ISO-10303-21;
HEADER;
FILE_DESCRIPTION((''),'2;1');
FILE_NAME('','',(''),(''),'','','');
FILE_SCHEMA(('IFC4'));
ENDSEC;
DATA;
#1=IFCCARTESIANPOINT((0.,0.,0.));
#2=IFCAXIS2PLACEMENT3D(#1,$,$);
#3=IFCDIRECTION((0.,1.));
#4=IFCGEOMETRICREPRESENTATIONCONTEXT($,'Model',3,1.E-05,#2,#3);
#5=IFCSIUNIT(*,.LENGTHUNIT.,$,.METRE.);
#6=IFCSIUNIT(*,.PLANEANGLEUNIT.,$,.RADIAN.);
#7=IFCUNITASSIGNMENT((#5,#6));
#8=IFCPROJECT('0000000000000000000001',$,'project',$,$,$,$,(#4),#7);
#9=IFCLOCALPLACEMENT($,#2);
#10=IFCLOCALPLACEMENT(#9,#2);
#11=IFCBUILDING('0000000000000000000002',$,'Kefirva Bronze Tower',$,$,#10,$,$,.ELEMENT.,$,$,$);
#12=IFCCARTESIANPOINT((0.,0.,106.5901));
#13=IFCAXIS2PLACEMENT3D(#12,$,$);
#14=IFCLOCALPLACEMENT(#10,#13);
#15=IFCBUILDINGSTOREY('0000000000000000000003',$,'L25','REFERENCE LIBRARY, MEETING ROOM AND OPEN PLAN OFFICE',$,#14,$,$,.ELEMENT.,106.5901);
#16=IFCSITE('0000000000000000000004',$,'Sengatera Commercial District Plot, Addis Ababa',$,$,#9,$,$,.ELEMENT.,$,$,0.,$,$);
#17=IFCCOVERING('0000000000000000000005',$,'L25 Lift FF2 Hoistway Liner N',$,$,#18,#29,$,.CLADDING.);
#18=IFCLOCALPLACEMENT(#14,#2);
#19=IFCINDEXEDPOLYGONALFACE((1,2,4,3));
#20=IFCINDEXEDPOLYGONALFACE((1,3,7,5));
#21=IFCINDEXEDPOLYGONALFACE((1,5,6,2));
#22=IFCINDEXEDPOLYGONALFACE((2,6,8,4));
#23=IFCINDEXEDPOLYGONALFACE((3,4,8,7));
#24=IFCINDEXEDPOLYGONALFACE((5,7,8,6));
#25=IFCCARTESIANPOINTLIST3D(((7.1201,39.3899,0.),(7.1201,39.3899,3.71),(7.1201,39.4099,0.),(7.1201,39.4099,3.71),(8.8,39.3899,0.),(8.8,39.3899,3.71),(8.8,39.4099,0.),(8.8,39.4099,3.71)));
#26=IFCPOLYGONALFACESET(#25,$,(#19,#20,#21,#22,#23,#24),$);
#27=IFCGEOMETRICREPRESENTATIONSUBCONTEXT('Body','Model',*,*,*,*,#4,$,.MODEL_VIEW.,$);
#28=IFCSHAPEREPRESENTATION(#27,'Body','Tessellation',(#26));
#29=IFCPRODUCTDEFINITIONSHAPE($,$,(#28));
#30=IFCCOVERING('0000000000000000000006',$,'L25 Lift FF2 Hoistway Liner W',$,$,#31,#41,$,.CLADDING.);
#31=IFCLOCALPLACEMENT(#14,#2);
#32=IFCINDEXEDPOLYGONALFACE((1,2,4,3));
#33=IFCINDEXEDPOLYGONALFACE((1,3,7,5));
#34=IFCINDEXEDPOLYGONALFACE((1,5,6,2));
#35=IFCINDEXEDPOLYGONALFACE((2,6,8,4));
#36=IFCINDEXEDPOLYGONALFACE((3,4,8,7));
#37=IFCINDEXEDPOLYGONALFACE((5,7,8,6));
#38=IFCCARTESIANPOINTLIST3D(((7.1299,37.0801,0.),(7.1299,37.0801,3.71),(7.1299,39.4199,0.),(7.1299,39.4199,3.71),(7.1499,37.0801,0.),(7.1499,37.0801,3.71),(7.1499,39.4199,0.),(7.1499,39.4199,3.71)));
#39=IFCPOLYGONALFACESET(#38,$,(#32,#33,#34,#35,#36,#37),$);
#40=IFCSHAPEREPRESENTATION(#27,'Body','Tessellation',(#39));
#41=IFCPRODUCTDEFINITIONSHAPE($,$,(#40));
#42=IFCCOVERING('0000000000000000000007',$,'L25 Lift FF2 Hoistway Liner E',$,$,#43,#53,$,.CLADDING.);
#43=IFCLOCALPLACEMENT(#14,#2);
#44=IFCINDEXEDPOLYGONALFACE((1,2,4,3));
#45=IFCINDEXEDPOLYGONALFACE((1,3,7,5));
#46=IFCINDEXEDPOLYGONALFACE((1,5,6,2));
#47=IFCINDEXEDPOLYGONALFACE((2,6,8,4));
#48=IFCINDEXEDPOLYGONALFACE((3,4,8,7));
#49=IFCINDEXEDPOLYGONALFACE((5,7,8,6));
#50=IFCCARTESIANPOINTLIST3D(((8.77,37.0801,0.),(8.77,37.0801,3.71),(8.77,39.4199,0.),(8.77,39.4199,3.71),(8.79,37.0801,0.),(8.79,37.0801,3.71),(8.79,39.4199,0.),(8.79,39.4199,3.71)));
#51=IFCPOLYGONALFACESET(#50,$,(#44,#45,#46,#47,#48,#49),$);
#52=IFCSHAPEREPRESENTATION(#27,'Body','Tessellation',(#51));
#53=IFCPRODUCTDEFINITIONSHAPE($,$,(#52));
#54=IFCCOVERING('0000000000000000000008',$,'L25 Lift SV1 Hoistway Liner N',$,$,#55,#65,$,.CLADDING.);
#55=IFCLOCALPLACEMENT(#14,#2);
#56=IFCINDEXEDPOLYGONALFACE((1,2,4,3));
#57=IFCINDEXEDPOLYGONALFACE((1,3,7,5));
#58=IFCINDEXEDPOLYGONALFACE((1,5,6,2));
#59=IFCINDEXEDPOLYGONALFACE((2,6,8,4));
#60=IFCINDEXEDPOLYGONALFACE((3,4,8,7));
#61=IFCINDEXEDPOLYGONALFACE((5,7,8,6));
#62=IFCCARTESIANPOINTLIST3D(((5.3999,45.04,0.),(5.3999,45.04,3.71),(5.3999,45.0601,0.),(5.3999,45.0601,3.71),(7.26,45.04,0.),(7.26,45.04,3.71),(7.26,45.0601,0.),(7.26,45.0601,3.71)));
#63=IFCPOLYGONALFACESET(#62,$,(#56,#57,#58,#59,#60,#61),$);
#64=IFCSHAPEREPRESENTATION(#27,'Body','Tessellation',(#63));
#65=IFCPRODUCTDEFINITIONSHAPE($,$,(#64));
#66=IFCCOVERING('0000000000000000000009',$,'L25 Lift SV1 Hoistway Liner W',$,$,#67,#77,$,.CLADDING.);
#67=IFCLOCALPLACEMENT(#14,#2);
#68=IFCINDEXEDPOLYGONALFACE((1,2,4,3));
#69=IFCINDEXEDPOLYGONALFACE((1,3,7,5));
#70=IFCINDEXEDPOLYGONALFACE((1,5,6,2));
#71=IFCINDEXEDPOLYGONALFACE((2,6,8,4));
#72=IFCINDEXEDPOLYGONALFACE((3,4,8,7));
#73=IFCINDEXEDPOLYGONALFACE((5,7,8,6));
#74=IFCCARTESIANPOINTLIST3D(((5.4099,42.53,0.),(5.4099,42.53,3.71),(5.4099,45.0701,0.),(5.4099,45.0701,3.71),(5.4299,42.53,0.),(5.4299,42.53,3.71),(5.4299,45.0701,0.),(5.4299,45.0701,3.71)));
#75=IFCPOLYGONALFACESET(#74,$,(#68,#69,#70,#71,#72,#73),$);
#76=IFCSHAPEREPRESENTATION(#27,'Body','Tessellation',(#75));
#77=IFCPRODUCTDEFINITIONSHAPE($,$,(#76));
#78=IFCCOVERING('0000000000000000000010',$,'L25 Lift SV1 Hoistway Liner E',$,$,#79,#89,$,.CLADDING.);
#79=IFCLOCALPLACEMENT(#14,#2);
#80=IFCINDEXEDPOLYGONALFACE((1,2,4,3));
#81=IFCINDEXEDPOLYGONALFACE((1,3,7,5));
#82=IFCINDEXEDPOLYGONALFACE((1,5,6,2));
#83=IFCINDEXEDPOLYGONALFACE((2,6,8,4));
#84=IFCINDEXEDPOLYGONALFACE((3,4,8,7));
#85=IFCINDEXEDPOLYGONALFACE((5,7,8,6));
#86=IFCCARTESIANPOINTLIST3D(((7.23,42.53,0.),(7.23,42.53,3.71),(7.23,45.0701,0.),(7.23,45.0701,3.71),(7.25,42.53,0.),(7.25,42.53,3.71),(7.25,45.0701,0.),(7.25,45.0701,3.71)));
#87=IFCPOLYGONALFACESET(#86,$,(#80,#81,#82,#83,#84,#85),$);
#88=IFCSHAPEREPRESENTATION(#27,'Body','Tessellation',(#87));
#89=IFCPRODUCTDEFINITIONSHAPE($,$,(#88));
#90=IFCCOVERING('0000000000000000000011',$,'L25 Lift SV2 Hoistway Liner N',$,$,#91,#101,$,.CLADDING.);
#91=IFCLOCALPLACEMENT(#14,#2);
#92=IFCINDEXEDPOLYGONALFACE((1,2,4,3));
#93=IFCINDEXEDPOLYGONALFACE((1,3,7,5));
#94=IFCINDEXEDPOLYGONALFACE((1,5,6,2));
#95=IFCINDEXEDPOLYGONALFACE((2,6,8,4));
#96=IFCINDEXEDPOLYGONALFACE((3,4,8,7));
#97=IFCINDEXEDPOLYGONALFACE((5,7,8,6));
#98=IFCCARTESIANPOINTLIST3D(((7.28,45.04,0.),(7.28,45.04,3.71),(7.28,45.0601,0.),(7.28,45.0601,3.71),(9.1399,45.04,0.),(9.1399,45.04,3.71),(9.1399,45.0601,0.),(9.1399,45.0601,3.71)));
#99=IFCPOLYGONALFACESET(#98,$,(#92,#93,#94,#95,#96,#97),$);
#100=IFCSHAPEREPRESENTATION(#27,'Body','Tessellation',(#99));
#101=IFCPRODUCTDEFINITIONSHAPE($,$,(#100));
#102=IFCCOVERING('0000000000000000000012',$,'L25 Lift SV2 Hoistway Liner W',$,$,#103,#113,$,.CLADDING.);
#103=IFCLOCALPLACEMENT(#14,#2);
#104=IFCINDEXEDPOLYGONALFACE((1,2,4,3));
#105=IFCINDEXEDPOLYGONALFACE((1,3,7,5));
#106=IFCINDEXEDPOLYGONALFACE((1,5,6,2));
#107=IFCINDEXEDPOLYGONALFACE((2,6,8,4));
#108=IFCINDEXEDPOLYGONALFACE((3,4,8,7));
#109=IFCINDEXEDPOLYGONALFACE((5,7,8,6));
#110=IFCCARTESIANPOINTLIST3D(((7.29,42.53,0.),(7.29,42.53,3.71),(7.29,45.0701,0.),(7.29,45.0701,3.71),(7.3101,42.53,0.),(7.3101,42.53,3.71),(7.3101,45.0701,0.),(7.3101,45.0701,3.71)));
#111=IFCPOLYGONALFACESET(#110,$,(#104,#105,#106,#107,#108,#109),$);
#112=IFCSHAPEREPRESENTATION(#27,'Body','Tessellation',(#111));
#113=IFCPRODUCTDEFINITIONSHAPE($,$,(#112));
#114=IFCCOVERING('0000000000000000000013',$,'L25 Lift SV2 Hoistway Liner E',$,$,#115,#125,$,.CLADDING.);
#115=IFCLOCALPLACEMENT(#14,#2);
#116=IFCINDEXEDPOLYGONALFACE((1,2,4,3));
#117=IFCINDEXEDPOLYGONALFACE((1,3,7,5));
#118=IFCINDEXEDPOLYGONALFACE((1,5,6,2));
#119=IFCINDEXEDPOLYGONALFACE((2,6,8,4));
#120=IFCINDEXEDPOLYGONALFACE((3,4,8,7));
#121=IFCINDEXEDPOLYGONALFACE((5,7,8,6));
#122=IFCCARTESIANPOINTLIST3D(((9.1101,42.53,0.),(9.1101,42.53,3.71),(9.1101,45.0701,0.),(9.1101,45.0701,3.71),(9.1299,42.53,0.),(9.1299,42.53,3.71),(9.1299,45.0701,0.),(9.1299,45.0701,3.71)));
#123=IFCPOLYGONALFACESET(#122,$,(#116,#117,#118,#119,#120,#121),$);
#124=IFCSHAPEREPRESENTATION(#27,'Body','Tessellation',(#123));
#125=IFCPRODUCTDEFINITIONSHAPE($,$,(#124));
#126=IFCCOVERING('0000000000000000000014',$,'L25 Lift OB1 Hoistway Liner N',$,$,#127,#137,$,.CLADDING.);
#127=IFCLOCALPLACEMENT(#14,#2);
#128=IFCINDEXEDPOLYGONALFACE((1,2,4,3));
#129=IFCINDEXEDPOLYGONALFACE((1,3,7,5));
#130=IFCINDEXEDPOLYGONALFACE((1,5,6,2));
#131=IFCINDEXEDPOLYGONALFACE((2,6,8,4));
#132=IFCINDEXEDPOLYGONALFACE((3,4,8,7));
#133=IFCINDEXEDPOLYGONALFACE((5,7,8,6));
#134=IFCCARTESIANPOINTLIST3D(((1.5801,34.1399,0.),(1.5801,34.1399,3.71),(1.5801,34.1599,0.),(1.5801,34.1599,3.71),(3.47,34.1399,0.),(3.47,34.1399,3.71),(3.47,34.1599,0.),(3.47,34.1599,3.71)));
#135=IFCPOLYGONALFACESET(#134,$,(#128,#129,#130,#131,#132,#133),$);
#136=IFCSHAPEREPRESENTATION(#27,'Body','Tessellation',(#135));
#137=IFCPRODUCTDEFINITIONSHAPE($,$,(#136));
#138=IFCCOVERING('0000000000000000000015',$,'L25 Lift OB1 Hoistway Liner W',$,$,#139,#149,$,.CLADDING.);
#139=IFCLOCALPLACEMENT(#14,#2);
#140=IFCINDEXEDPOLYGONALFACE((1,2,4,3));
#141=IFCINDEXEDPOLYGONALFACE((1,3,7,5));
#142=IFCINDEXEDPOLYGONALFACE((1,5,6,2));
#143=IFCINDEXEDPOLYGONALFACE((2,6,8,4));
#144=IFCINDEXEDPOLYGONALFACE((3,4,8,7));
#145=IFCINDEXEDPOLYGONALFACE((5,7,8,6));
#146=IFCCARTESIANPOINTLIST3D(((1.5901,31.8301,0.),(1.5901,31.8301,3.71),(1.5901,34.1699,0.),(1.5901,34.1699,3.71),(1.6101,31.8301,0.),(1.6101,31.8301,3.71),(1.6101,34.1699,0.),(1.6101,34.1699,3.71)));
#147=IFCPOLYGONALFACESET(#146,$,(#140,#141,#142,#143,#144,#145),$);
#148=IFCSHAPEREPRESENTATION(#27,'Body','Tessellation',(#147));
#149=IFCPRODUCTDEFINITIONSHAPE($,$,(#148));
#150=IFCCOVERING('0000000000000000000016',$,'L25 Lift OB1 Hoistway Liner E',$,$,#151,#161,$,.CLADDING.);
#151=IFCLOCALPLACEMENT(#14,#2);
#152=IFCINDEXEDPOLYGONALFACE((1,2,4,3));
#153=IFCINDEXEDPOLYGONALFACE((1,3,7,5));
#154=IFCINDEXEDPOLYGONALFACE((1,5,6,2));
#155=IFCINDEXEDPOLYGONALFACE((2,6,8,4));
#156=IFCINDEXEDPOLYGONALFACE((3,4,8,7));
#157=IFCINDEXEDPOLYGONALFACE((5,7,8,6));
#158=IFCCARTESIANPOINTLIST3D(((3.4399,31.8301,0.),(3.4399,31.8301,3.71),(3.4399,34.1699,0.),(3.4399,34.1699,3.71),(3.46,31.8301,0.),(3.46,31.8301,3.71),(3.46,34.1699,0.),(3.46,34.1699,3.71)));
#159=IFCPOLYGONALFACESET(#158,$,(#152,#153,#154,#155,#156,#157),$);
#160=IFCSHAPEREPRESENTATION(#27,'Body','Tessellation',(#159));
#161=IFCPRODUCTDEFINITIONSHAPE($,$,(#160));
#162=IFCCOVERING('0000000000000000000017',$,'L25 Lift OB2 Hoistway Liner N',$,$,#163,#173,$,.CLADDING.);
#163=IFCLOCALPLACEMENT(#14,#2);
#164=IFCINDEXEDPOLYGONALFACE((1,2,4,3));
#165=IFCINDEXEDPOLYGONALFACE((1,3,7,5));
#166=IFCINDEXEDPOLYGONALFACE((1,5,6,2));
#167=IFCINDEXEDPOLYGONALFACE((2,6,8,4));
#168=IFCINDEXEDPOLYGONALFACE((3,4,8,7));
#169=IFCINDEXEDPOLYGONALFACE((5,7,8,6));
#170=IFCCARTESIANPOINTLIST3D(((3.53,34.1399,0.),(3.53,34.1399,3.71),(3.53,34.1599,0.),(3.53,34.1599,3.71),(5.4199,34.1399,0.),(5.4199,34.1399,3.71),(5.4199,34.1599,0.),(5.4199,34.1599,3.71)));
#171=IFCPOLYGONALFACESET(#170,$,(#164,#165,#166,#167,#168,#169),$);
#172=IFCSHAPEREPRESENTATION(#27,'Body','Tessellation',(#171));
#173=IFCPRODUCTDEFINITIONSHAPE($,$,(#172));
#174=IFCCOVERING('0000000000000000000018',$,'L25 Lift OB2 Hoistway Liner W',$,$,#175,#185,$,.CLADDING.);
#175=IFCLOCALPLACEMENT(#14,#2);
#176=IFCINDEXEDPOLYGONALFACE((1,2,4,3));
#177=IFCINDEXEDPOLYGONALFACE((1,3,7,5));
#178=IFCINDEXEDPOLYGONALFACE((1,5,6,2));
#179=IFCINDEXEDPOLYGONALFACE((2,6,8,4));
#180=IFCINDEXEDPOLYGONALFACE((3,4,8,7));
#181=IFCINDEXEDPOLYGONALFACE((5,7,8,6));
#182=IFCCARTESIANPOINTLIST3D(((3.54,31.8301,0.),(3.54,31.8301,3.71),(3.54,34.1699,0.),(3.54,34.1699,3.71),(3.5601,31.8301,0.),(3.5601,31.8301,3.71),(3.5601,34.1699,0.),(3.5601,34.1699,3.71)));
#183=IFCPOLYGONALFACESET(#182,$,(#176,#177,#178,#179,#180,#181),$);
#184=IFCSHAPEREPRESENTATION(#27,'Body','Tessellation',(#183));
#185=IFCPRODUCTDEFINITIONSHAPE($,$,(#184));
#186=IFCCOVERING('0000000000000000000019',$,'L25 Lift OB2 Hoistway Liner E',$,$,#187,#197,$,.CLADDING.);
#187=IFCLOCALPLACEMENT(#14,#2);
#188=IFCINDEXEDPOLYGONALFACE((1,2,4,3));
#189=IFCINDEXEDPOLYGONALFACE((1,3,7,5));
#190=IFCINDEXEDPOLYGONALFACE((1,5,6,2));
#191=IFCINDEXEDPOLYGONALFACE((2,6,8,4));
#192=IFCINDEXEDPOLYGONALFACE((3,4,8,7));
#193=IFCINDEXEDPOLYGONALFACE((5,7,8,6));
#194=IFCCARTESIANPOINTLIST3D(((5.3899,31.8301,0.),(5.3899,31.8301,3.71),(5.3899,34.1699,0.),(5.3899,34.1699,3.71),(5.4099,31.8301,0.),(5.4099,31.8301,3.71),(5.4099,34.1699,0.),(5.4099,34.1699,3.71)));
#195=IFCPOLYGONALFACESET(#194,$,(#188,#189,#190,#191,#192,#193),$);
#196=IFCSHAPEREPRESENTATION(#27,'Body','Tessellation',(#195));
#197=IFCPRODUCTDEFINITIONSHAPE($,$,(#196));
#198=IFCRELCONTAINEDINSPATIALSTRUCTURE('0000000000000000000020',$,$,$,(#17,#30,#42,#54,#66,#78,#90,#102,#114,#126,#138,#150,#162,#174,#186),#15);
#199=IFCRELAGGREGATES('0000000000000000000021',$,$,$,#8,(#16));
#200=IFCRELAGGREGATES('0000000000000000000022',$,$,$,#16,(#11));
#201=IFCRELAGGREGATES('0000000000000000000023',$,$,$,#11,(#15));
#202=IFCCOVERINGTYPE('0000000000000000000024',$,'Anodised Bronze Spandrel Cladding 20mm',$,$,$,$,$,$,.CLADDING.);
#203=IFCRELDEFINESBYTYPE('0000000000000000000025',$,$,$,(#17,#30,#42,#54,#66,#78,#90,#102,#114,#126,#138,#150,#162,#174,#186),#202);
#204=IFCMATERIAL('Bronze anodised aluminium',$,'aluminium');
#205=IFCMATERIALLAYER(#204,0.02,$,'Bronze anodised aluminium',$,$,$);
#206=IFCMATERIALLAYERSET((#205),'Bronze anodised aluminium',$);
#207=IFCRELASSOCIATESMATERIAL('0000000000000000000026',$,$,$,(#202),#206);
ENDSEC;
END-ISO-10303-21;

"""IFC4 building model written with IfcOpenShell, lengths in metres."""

from ifc_helpers import new_model, si_unit, direction, frame, origin, place, context, subcontext, project, spatial, polyline, outline, extrude, material, layer, layer_set, type_object, element, save


model = new_model("IFC4")

# Units and contexts
model_context = context("Model", 3, precision=1e-05, world=origin(), true_north=direction((0.0, 1.0)))
body_context = subcontext(model_context, "Body", "Model", "MODEL_VIEW")
ifc_project = project(units=[si_unit("LENGTHUNIT", "METRE"), si_unit("PLANEANGLEUNIT", "RADIAN")], contexts=[model_context])

# Site, building, storey
site_placement = place(None, origin())
site = spatial("IfcSite", under=ifc_project, at=site_placement, Name="Sengatera Commercial District Plot, Addis Ababa", CompositionType="ELEMENT", RefElevation=0.0)
building_placement = place(site_placement, origin())
building = spatial("IfcBuilding", under=site, at=building_placement, Name="Kefirva Bronze Tower", CompositionType="ELEMENT")
storey_placement = place(building_placement, frame((0.0, 0.0, 106.5901)))
storey = spatial("IfcBuildingStorey", under=building, at=storey_placement, Name="L25", Description="REFERENCE LIBRARY, MEETING ROOM AND OPEN PLAN OFFICE", CompositionType="ELEMENT", Elevation=106.5901)

# Coverings
ifc_material_1 = material(Name="Bronze anodised aluminium", Category="aluminium")
ifc_layer_1 = layer(ifc_material_1, 0.02, Name="Bronze anodised aluminium")
ifc_layer_set_1 = layer_set([ifc_layer_1], Name="Bronze anodised aluminium")
covering_type = type_object("IfcCoveringType", Name="Anodised Bronze Spandrel Cladding 20mm", PredefinedType="CLADDING", material=ifc_layer_set_1)
covering_1_placement = place(storey_placement, origin())
element("IfcCovering", 1, at=covering_1_placement, inside=storey, type_object=covering_type, Name="L25 Lift FF2 Hoistway Liner N", PredefinedType="CLADDING", context=body_context, shape_type="SweptSolid", body=[
    extrude(outline(polyline([(7.1201, 39.3899), (8.8, 39.3899), (8.8, 39.4099), (7.1201, 39.4099), (7.1201, 39.3899)])), origin(), (0.0, 0.0, 1.0), 3.71),
])
covering_2_placement = place(storey_placement, origin())
element("IfcCovering", 2, at=covering_2_placement, inside=storey, type_object=covering_type, Name="L25 Lift FF2 Hoistway Liner W", PredefinedType="CLADDING", context=body_context, shape_type="SweptSolid", body=[
    extrude(outline(polyline([(7.1299, 37.0801), (7.1499, 37.0801), (7.1499, 39.4199), (7.1299, 39.4199), (7.1299, 37.0801)])), origin(), (0.0, 0.0, 1.0), 3.71),
])
covering_3_placement = place(storey_placement, origin())
element("IfcCovering", 3, at=covering_3_placement, inside=storey, type_object=covering_type, Name="L25 Lift FF2 Hoistway Liner E", PredefinedType="CLADDING", context=body_context, shape_type="SweptSolid", body=[
    extrude(outline(polyline([(8.77, 37.0801), (8.79, 37.0801), (8.79, 39.4199), (8.77, 39.4199), (8.77, 37.0801)])), origin(), (0.0, 0.0, 1.0), 3.71),
])
covering_4_placement = place(storey_placement, origin())
element("IfcCovering", 4, at=covering_4_placement, inside=storey, type_object=covering_type, Name="L25 Lift SV1 Hoistway Liner N", PredefinedType="CLADDING", context=body_context, shape_type="SweptSolid", body=[
    extrude(outline(polyline([(5.3999, 45.04), (7.26, 45.04), (7.26, 45.0601), (5.3999, 45.0601), (5.3999, 45.04)])), origin(), (0.0, 0.0, 1.0), 3.71),
])
covering_5_placement = place(storey_placement, origin())
element("IfcCovering", 5, at=covering_5_placement, inside=storey, type_object=covering_type, Name="L25 Lift SV1 Hoistway Liner W", PredefinedType="CLADDING", context=body_context, shape_type="SweptSolid", body=[
    extrude(outline(polyline([(5.4099, 42.53), (5.4299, 42.53), (5.4299, 45.0701), (5.4099, 45.0701), (5.4099, 42.53)])), origin(), (0.0, 0.0, 1.0), 3.71),
])
covering_6_placement = place(storey_placement, origin())
element("IfcCovering", 6, at=covering_6_placement, inside=storey, type_object=covering_type, Name="L25 Lift SV1 Hoistway Liner E", PredefinedType="CLADDING", context=body_context, shape_type="SweptSolid", body=[
    extrude(outline(polyline([(7.23, 42.53), (7.25, 42.53), (7.25, 45.0701), (7.23, 45.0701), (7.23, 42.53)])), origin(), (0.0, 0.0, 1.0), 3.71),
])
covering_7_placement = place(storey_placement, origin())
element("IfcCovering", 7, at=covering_7_placement, inside=storey, type_object=covering_type, Name="L25 Lift SV2 Hoistway Liner N", PredefinedType="CLADDING", context=body_context, shape_type="SweptSolid", body=[
    extrude(outline(polyline([(7.28, 45.04), (9.1399, 45.04), (9.1399, 45.0601), (7.28, 45.0601), (7.28, 45.04)])), origin(), (0.0, 0.0, 1.0), 3.71),
])
covering_8_placement = place(storey_placement, origin())
element("IfcCovering", 8, at=covering_8_placement, inside=storey, type_object=covering_type, Name="L25 Lift SV2 Hoistway Liner W", PredefinedType="CLADDING", context=body_context, shape_type="SweptSolid", body=[
    extrude(outline(polyline([(7.29, 42.53), (7.3101, 42.53), (7.3101, 45.0701), (7.29, 45.0701), (7.29, 42.53)])), origin(), (0.0, 0.0, 1.0), 3.71),
])
covering_9_placement = place(storey_placement, origin())
element("IfcCovering", 9, at=covering_9_placement, inside=storey, type_object=covering_type, Name="L25 Lift SV2 Hoistway Liner E", PredefinedType="CLADDING", context=body_context, shape_type="SweptSolid", body=[
    extrude(outline(polyline([(9.1101, 42.53), (9.1299, 42.53), (9.1299, 45.0701), (9.1101, 45.0701), (9.1101, 42.53)])), origin(), (0.0, 0.0, 1.0), 3.71),
])
covering_10_placement = place(storey_placement, origin())
element("IfcCovering", 10, at=covering_10_placement, inside=storey, type_object=covering_type, Name="L25 Lift OB1 Hoistway Liner N", PredefinedType="CLADDING", context=body_context, shape_type="SweptSolid", body=[
    extrude(outline(polyline([(1.5801, 34.1399), (3.47, 34.1399), (3.47, 34.1599), (1.5801, 34.1599), (1.5801, 34.1399)])), origin(), (0.0, 0.0, 1.0), 3.71),
])
covering_11_placement = place(storey_placement, origin())
element("IfcCovering", 11, at=covering_11_placement, inside=storey, type_object=covering_type, Name="L25 Lift OB1 Hoistway Liner W", PredefinedType="CLADDING", context=body_context, shape_type="SweptSolid", body=[
    extrude(outline(polyline([(1.5901, 31.8301), (1.6101, 31.8301), (1.6101, 34.1699), (1.5901, 34.1699), (1.5901, 31.8301)])), origin(), (0.0, 0.0, 1.0), 3.71),
])
covering_12_placement = place(storey_placement, origin())
element("IfcCovering", 12, at=covering_12_placement, inside=storey, type_object=covering_type, Name="L25 Lift OB1 Hoistway Liner E", PredefinedType="CLADDING", context=body_context, shape_type="SweptSolid", body=[
    extrude(outline(polyline([(3.4399, 31.8301), (3.46, 31.8301), (3.46, 34.1699), (3.4399, 34.1699), (3.4399, 31.8301)])), origin(), (0.0, 0.0, 1.0), 3.71),
])
covering_13_placement = place(storey_placement, origin())
element("IfcCovering", 13, at=covering_13_placement, inside=storey, type_object=covering_type, Name="L25 Lift OB2 Hoistway Liner N", PredefinedType="CLADDING", context=body_context, shape_type="SweptSolid", body=[
    extrude(outline(polyline([(3.53, 34.1399), (5.4199, 34.1399), (5.4199, 34.1599), (3.53, 34.1599), (3.53, 34.1399)])), origin(), (0.0, 0.0, 1.0), 3.71),
])
covering_14_placement = place(storey_placement, origin())
element("IfcCovering", 14, at=covering_14_placement, inside=storey, type_object=covering_type, Name="L25 Lift OB2 Hoistway Liner W", PredefinedType="CLADDING", context=body_context, shape_type="SweptSolid", body=[
    extrude(outline(polyline([(3.54, 31.8301), (3.5601, 31.8301), (3.5601, 34.1699), (3.54, 34.1699), (3.54, 31.8301)])), origin(), (0.0, 0.0, 1.0), 3.71),
])
covering_15_placement = place(storey_placement, origin())
element("IfcCovering", 15, at=covering_15_placement, inside=storey, type_object=covering_type, Name="L25 Lift OB2 Hoistway Liner E", PredefinedType="CLADDING", context=body_context, shape_type="SweptSolid", body=[
    extrude(outline(polyline([(5.3899, 31.8301), (5.4099, 31.8301), (5.4099, 34.1699), (5.3899, 34.1699), (5.3899, 31.8301)])), origin(), (0.0, 0.0, 1.0), 3.71),
])

save(model, "model.ifc")
